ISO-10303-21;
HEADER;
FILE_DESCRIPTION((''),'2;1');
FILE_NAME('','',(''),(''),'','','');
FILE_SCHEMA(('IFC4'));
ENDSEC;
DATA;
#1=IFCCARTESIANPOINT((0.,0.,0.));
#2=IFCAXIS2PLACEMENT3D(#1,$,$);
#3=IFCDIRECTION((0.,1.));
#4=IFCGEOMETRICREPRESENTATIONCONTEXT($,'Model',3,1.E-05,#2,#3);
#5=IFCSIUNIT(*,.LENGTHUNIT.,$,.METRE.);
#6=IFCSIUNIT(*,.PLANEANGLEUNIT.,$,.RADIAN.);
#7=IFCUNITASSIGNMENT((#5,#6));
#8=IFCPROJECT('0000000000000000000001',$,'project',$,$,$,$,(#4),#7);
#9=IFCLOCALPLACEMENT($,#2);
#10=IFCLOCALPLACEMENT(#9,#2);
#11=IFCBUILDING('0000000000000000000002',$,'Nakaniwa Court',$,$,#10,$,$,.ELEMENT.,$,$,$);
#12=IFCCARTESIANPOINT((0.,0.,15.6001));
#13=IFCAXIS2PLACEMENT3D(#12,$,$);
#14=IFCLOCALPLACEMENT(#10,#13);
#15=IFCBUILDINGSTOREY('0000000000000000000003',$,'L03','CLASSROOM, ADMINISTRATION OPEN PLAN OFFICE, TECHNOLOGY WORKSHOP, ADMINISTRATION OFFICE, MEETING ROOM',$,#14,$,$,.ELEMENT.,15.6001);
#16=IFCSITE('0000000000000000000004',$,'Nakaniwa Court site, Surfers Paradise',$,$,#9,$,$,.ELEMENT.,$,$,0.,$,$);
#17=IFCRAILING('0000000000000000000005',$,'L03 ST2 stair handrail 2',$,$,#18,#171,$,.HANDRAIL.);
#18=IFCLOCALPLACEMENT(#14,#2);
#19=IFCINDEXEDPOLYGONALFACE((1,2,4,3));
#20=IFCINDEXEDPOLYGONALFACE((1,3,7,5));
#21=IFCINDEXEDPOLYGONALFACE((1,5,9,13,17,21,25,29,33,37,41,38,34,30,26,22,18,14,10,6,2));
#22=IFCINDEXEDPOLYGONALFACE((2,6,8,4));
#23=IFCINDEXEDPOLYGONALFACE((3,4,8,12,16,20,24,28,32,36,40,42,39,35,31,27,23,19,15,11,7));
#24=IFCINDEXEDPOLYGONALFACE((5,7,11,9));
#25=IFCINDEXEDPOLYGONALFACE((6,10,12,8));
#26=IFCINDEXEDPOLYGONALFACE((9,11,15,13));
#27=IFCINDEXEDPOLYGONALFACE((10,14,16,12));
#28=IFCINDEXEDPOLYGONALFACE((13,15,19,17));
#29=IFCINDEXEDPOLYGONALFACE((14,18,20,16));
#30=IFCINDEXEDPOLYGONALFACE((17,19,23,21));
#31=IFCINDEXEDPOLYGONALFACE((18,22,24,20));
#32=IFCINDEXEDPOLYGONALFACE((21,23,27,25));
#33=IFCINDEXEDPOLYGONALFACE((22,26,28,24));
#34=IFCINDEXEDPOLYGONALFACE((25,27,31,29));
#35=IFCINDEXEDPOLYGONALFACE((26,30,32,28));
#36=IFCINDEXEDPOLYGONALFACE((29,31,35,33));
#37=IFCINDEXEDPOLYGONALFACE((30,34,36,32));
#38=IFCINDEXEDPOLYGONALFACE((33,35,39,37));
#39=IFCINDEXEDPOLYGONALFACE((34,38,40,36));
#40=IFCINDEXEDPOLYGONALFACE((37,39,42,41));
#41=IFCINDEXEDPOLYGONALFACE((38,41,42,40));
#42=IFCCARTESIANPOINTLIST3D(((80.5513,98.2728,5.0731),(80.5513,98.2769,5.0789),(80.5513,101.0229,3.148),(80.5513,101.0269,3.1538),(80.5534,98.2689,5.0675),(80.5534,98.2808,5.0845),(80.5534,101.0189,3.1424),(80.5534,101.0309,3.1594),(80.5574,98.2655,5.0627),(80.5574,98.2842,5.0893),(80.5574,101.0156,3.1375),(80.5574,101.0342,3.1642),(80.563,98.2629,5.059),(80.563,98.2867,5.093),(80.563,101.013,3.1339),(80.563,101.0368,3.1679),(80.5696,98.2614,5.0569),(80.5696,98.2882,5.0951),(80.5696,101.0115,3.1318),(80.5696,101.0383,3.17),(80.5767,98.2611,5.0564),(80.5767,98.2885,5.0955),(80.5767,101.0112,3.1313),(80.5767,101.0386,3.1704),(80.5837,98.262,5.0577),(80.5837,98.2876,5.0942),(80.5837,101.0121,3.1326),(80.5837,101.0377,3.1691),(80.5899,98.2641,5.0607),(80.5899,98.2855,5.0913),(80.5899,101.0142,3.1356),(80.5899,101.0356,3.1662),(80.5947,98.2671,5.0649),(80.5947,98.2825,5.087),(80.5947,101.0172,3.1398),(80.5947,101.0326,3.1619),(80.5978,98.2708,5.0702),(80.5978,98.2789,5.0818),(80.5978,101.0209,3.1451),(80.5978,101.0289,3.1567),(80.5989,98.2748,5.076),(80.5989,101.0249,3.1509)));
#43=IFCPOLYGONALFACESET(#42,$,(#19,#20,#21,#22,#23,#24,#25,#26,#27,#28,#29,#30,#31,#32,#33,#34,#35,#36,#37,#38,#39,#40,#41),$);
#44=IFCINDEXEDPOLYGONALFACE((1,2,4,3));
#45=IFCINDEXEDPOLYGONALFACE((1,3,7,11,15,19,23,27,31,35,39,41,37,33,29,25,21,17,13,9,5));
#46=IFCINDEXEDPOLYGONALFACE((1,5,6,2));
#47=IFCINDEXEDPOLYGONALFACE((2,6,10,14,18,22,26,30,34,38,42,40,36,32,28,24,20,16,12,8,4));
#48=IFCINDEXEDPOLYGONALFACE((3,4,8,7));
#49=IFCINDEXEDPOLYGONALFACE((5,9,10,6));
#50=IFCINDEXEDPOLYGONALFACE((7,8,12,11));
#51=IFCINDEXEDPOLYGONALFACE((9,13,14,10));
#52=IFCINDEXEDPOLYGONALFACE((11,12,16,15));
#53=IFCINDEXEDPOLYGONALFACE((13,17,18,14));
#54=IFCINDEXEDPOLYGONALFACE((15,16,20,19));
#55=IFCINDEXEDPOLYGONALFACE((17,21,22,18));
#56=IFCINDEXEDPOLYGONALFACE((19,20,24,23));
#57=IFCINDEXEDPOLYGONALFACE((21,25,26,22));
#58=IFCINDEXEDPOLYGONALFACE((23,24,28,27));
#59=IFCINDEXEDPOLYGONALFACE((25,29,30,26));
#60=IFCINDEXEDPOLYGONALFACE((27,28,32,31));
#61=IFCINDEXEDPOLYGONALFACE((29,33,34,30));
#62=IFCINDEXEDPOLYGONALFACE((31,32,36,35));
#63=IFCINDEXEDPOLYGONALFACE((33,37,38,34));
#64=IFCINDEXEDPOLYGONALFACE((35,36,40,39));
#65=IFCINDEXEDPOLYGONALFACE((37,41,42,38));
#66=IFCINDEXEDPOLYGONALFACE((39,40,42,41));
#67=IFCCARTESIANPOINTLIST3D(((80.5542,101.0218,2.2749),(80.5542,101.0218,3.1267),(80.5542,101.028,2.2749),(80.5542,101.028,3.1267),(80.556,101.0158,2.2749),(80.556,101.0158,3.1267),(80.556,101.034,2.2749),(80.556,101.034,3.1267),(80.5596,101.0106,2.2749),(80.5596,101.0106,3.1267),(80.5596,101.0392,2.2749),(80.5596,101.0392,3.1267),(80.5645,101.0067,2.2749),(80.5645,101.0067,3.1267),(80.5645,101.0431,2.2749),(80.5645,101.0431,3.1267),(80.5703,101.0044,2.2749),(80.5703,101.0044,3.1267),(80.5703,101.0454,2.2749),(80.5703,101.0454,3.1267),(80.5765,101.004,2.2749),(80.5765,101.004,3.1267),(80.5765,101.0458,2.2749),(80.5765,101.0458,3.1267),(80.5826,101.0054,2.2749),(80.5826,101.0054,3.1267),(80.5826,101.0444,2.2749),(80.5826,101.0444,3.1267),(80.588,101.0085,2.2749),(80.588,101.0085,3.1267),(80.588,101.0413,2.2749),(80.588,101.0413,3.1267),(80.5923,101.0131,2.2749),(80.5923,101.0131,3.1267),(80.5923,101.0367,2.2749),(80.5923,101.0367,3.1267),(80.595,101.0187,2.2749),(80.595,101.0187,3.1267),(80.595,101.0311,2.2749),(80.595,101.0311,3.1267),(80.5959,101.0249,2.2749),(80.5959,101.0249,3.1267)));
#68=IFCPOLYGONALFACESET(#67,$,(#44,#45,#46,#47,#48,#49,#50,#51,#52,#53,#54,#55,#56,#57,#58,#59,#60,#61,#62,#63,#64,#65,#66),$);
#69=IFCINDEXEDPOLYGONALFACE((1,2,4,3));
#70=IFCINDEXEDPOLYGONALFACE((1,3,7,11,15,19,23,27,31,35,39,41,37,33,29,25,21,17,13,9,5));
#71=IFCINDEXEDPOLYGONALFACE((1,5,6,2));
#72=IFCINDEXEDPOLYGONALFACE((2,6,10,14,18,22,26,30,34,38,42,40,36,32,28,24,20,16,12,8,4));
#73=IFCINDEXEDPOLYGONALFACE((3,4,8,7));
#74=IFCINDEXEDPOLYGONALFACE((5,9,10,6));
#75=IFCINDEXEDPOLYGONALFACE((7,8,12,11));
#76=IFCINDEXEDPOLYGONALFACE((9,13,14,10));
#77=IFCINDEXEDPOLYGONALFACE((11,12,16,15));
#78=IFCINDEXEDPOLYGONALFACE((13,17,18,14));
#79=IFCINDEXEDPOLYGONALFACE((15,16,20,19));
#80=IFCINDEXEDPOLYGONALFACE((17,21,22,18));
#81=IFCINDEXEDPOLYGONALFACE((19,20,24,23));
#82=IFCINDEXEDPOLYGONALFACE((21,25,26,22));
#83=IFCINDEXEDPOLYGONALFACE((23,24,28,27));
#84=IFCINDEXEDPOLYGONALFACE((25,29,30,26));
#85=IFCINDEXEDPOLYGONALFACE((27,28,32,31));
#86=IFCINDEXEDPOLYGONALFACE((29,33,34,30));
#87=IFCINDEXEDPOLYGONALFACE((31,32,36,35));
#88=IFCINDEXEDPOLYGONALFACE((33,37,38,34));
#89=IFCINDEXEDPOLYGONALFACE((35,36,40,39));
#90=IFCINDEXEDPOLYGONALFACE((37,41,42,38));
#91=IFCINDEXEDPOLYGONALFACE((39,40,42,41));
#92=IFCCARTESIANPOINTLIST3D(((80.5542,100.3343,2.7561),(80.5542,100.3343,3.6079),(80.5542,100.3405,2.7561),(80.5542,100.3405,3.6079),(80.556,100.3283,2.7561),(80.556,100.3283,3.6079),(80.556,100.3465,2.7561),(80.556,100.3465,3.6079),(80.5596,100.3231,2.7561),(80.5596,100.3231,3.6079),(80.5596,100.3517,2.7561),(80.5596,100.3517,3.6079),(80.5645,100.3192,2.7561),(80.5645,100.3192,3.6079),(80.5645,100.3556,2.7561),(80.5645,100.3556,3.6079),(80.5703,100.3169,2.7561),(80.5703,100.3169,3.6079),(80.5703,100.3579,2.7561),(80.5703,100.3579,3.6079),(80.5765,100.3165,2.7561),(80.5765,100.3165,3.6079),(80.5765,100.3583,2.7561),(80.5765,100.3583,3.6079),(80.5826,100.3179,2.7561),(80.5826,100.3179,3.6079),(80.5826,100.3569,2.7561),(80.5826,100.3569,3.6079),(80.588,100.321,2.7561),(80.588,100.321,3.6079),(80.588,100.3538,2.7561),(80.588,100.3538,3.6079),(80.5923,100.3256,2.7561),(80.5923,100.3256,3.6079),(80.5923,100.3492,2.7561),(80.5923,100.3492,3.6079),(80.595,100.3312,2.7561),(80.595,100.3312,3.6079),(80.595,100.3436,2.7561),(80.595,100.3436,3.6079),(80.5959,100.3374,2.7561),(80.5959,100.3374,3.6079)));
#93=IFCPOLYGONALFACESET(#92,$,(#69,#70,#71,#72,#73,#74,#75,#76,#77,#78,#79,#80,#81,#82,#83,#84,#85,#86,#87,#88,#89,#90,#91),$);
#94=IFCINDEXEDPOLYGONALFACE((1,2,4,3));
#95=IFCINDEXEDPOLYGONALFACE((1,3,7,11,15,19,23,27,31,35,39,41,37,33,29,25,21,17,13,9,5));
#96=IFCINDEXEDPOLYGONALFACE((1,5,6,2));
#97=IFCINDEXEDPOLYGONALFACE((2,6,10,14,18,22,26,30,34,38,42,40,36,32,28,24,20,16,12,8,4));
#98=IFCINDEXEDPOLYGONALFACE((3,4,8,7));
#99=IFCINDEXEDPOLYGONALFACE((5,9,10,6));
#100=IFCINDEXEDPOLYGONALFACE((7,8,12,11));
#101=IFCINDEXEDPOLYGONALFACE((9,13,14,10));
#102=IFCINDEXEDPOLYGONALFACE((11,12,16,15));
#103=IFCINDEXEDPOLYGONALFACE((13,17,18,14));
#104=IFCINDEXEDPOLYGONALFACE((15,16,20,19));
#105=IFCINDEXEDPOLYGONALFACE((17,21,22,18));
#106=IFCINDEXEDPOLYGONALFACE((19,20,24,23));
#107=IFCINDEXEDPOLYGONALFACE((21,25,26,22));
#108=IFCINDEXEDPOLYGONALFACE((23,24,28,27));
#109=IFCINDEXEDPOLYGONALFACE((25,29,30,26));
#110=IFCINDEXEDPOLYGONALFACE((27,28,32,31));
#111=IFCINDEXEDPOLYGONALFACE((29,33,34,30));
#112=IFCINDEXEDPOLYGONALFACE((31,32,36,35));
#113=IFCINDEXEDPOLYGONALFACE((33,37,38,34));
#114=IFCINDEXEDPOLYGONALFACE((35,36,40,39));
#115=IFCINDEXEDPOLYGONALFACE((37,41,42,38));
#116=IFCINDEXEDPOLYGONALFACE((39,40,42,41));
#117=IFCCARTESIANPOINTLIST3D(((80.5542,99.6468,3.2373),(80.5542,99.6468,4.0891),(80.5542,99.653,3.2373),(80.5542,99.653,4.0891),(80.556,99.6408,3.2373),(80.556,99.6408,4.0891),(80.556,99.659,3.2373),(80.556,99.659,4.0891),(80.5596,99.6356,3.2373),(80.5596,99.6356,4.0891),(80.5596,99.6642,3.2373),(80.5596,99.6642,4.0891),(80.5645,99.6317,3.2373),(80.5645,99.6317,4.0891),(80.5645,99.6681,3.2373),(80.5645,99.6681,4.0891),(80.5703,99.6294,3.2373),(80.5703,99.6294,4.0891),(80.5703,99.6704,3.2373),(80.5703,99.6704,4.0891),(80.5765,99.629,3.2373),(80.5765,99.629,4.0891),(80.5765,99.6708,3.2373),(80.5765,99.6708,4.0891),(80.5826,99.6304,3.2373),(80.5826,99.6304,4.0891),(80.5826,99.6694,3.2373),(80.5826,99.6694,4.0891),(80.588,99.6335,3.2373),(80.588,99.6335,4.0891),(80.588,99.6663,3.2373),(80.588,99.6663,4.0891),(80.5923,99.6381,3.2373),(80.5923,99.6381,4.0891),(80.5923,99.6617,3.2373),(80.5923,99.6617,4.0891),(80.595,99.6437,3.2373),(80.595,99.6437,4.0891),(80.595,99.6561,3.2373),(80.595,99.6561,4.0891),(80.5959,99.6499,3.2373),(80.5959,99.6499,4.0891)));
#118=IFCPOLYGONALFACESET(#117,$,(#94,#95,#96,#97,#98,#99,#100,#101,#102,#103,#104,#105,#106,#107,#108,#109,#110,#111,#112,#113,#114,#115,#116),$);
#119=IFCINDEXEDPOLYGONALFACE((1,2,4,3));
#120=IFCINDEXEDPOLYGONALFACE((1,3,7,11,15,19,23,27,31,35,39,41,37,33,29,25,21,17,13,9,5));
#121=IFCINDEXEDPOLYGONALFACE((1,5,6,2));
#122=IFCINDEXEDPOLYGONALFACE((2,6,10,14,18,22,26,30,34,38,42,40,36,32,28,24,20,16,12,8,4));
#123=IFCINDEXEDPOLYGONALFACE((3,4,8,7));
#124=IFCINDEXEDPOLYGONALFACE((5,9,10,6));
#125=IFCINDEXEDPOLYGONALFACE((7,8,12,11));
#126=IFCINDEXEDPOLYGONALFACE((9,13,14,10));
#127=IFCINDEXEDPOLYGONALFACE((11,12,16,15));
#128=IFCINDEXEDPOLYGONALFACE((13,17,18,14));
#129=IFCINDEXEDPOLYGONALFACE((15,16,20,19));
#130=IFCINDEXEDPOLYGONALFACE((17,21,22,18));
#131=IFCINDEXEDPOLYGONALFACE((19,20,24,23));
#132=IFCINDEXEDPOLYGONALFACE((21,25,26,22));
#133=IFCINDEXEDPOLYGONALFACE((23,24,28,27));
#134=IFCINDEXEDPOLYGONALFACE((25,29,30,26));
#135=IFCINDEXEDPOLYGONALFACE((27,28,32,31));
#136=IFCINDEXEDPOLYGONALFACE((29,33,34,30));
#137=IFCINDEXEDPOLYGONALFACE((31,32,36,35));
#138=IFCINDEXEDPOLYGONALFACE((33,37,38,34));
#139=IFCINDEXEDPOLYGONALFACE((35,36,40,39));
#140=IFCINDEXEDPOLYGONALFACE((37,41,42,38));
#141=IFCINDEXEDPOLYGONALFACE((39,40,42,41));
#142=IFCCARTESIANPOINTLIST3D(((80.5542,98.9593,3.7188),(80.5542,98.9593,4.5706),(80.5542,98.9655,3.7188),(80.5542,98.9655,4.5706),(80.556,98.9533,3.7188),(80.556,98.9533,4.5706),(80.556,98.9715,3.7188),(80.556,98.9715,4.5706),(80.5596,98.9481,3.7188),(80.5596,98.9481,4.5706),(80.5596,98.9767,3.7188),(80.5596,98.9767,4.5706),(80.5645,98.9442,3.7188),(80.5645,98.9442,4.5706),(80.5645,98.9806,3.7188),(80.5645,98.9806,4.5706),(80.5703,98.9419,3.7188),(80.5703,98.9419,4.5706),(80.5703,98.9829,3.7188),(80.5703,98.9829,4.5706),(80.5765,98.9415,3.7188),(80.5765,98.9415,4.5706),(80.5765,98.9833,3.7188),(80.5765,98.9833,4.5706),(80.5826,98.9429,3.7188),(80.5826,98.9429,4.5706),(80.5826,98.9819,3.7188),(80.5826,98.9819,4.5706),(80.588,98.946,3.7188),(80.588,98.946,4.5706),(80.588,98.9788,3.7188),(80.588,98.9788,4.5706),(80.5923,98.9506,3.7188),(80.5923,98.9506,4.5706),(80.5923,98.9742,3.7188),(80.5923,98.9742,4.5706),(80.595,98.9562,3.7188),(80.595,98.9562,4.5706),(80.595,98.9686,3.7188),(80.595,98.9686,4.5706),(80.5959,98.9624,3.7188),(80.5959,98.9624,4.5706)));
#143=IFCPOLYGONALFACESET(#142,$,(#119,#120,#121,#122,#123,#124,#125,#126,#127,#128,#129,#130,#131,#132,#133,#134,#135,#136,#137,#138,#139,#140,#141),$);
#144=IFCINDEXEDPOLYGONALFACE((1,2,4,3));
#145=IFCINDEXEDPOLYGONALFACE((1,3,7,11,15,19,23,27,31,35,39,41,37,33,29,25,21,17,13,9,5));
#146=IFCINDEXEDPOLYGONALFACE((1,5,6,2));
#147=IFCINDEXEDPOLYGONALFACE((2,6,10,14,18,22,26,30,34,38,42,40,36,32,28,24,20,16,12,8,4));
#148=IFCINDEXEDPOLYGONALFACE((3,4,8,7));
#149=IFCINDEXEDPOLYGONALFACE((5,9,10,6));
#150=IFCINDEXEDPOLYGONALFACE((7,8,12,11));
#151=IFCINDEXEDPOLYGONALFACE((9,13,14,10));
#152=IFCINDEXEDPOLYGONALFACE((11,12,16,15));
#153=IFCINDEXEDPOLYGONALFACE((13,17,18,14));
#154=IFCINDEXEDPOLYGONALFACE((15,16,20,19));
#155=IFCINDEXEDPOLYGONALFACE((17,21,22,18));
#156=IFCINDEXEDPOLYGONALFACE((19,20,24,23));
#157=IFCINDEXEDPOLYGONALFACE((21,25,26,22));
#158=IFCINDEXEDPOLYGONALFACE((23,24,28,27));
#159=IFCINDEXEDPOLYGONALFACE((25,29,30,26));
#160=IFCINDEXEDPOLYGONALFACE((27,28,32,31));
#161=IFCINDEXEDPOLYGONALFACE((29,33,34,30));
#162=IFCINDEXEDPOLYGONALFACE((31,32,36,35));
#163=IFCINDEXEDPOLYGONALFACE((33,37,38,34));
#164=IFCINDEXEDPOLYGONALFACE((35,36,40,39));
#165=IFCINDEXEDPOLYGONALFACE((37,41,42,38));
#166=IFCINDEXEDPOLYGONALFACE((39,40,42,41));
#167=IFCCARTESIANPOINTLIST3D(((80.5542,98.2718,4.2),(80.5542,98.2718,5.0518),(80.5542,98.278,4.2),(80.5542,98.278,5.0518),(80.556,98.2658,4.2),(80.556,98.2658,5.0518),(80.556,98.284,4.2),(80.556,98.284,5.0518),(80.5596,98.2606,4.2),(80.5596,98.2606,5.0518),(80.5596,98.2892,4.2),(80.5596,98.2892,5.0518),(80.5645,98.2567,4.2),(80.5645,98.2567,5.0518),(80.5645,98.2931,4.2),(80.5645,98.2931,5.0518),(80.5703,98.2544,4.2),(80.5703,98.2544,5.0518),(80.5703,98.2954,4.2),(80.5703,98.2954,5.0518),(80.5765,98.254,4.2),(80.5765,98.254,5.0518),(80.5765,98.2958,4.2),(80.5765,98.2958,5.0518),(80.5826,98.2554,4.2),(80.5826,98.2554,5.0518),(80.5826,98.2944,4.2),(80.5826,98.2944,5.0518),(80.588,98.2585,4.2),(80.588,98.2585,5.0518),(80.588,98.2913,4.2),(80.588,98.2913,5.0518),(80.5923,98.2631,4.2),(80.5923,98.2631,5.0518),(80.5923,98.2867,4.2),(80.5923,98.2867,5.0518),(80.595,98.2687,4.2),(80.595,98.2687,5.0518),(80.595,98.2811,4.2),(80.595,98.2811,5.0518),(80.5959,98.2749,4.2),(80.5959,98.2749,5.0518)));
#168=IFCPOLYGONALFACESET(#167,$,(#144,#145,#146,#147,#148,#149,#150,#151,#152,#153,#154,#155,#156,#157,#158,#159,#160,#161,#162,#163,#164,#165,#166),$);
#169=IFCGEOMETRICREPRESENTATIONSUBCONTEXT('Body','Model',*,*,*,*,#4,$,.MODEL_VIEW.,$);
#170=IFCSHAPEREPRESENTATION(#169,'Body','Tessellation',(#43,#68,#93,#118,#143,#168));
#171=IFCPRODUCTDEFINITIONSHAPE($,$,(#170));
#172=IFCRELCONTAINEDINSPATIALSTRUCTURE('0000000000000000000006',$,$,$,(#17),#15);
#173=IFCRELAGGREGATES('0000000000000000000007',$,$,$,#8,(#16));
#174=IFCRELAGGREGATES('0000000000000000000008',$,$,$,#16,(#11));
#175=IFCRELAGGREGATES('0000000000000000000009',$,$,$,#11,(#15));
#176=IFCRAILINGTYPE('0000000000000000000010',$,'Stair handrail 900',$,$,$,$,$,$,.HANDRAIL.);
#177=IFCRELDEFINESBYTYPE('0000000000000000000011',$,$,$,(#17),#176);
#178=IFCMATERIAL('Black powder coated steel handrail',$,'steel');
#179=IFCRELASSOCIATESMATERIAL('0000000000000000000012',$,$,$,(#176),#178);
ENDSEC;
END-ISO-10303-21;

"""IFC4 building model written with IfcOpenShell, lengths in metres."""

from ifc_helpers import new_model, si_unit, direction, frame, origin, origin_2d, place, context, subcontext, project, spatial, circle, extrude, material, type_object, element, save


model = new_model("IFC4")

# Units and contexts
model_context = context("Model", 3, precision=1e-05, world=origin(), true_north=direction((0.0, 1.0)))
body_context = subcontext(model_context, "Body", "Model", "MODEL_VIEW")
ifc_project = project(units=[si_unit("LENGTHUNIT", "METRE"), si_unit("PLANEANGLEUNIT", "RADIAN")], contexts=[model_context])

# Site, building, storey
site_placement = place(None, origin())
site = spatial("IfcSite", under=ifc_project, at=site_placement, Name="Nakaniwa Court site, Surfers Paradise", CompositionType="ELEMENT", RefElevation=0.0)
building_placement = place(site_placement, origin())
building = spatial("IfcBuilding", under=site, at=building_placement, Name="Nakaniwa Court", CompositionType="ELEMENT")
storey_placement = place(building_placement, frame((0.0, 0.0, 15.6001)))
storey = spatial("IfcBuildingStorey", under=building, at=storey_placement, Name="L03", Description="CLASSROOM, ADMINISTRATION OPEN PLAN OFFICE, TECHNOLOGY WORKSHOP, ADMINISTRATION OFFICE, MEETING ROOM", CompositionType="ELEMENT", Elevation=15.6001)

# Railing
ifc_material_1 = material(Name="Black powder coated steel handrail", Category="steel")
railing_type_1 = type_object("IfcRailingType", Name="Stair handrail 900", PredefinedType="HANDRAIL", material=ifc_material_1)
railing_1_placement = place(storey_placement, frame((80.575, 101.0249, 2.2749)))
element("IfcRailing", 1, at=railing_1_placement, inside=storey, type_object=railing_type_1, Name="L03 ST2 stair handrail 2", PredefinedType="HANDRAIL", context=body_context, shape_type="SweptSolid", body=[
    extrude(circle(Radius=0.0239, at=origin_2d()), frame((0.0, 0.0, 0.876), z_axis=(0.0, -0.819225, 0.573472), x_axis=(1.0, 0.0, 0.0)), (0.0, 0.0, 1.0), 3.3569),
    extrude(circle(Radius=0.021, at=origin_2d()), origin(), (0.0, 0.0, 1.0), 0.8518),
    extrude(circle(Radius=0.021, at=origin_2d()), frame((0.0, -0.6875, 0.4812)), (0.0, 0.0, 1.0), 0.8518),
    extrude(circle(Radius=0.021, at=origin_2d()), frame((0.0, -1.375, 0.9624)), (0.0, 0.0, 1.0), 0.8518),
    extrude(circle(Radius=0.021, at=origin_2d()), frame((0.0, -2.0625, 1.4438)), (0.0, 0.0, 1.0), 0.8518),
    extrude(circle(Radius=0.021, at=origin_2d()), frame((0.0, -2.75, 1.925)), (0.0, 0.0, 1.0), 0.8518),
])

save(model, "model.ifc")
